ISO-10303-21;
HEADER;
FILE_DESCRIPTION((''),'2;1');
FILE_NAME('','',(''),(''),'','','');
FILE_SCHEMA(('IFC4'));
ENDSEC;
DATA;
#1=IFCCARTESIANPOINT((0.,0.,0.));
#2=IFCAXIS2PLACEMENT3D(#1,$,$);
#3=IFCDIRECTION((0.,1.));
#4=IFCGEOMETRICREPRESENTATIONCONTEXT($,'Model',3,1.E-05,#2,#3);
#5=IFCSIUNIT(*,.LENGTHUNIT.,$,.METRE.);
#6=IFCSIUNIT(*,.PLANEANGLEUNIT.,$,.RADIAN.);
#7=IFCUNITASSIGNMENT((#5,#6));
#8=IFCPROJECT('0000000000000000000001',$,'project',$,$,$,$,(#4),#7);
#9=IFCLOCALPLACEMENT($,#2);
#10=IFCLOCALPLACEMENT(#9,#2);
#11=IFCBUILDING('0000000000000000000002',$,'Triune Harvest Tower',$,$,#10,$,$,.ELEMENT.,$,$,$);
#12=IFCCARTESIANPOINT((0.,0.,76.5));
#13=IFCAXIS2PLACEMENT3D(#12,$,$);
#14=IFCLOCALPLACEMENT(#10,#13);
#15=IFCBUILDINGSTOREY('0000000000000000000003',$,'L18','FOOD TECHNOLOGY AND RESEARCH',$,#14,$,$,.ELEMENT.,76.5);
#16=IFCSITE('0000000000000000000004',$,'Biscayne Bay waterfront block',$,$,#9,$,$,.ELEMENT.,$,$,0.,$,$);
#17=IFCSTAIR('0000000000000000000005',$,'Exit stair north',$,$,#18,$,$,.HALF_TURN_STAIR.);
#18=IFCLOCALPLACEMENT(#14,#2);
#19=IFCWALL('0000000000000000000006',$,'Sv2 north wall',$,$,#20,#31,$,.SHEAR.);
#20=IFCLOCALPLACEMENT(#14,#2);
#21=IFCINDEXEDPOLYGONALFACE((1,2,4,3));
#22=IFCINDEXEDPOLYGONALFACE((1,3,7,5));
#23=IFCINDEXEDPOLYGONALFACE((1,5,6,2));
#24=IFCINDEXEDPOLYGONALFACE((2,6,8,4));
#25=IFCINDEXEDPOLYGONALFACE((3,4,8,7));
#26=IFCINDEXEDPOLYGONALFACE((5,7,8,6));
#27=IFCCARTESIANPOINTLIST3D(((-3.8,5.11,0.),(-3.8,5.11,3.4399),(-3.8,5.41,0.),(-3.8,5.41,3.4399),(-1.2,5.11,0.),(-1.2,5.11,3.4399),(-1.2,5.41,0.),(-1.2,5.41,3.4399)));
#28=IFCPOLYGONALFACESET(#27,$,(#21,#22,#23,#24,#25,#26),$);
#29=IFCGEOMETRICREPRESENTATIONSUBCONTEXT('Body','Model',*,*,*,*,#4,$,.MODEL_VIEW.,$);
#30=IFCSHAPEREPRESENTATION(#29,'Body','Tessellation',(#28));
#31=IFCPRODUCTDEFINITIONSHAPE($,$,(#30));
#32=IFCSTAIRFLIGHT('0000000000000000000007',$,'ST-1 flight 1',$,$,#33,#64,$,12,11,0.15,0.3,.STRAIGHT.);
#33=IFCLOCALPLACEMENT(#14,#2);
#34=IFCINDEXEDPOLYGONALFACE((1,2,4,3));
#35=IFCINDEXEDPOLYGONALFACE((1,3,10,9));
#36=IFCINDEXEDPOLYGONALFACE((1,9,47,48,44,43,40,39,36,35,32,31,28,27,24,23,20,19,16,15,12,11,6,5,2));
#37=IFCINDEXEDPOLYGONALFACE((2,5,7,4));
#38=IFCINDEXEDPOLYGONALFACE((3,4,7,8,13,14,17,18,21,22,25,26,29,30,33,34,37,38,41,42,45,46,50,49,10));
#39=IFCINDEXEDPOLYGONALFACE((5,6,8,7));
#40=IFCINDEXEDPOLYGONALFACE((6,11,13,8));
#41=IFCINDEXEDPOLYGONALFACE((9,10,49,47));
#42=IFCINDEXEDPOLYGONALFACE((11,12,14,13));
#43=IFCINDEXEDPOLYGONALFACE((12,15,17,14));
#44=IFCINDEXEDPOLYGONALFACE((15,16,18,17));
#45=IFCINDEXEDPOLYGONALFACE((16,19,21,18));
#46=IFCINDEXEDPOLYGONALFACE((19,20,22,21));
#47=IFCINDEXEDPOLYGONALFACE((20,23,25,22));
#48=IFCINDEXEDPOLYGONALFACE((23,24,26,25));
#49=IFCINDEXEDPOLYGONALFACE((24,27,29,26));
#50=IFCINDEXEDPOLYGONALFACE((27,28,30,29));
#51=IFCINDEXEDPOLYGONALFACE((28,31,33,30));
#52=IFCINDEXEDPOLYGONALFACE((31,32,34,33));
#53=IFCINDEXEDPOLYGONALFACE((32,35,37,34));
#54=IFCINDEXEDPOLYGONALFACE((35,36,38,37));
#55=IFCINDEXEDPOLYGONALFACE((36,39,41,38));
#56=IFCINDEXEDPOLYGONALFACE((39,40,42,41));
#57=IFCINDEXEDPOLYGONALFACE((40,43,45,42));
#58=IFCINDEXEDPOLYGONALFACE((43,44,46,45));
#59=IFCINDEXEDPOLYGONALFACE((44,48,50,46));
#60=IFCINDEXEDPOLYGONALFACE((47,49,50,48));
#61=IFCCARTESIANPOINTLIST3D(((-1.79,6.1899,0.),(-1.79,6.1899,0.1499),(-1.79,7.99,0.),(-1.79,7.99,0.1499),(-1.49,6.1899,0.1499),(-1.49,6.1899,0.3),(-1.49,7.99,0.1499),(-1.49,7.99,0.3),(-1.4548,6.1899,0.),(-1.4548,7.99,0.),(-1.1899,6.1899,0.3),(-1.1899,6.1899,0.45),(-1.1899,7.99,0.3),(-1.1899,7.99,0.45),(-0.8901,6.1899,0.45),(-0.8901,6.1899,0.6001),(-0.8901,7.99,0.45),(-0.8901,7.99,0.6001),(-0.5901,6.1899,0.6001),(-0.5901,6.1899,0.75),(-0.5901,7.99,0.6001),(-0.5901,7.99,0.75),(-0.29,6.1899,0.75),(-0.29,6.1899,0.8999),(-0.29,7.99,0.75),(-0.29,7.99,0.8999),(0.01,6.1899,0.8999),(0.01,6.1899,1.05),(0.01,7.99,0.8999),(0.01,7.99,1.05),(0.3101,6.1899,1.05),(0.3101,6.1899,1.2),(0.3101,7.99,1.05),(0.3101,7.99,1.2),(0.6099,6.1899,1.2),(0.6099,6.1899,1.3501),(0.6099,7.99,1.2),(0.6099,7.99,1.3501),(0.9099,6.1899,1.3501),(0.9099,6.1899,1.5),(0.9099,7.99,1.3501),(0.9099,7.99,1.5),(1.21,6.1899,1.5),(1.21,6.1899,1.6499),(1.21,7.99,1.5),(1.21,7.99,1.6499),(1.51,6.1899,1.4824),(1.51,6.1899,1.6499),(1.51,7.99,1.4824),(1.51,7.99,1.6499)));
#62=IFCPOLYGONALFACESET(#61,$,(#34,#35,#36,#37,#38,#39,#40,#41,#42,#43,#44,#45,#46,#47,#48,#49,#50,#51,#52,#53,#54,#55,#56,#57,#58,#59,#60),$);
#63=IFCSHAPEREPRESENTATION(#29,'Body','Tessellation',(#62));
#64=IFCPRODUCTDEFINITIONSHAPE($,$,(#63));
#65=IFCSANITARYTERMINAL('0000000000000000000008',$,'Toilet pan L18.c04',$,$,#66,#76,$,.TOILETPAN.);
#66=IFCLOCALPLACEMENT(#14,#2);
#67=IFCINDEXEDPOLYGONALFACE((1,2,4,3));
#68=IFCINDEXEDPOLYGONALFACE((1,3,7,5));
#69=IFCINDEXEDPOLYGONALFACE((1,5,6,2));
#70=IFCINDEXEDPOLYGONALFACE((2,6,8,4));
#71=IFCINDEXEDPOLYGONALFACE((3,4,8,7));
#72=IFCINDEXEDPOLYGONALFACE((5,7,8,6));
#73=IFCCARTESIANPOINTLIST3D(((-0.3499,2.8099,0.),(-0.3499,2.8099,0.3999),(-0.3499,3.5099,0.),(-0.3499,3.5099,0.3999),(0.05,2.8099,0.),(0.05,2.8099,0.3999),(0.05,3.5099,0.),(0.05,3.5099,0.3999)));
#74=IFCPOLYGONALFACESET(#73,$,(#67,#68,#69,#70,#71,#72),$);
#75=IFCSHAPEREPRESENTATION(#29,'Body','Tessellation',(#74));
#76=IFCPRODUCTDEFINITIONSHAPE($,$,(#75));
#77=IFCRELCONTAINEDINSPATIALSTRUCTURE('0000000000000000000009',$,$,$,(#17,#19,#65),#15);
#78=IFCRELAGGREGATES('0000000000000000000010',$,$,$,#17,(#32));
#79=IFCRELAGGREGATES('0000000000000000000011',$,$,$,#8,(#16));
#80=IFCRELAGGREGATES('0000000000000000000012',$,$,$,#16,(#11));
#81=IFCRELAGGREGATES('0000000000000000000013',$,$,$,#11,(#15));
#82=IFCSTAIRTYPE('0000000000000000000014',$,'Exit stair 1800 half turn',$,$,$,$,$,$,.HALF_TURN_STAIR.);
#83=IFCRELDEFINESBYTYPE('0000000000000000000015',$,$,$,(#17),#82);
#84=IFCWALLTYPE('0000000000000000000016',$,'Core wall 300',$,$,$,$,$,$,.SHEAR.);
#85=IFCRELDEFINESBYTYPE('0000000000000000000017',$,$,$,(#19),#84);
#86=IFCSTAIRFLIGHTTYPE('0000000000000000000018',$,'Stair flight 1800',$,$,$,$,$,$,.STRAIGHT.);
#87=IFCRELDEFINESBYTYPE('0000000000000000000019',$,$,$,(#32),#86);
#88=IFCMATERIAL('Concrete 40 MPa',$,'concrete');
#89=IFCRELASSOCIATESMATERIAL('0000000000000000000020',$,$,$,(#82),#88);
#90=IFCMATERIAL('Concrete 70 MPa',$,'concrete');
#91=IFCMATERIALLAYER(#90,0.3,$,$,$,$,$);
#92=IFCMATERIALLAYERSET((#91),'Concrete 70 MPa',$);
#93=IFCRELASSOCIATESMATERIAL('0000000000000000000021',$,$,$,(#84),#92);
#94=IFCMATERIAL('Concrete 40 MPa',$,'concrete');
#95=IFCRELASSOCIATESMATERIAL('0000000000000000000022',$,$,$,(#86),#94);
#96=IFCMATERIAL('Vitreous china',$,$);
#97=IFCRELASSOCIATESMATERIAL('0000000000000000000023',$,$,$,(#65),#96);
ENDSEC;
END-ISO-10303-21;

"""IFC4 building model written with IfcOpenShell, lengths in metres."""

from ifc_helpers import new_model, si_unit, direction, frame, frame_2d, origin, origin_2d, place, context, subcontext, project, spatial, polyline, rectangle, outline, extrude, source, transform, mapped, material, layer, layer_set, type_object, element, aggregate, save


model = new_model("IFC4")

# Units and contexts
model_context = context("Model", 3, precision=1e-05, world=origin(), true_north=direction((0.0, 1.0)))
body_context = subcontext(model_context, "Body", "Model", "MODEL_VIEW")
ifc_project = project(units=[si_unit("LENGTHUNIT", "METRE"), si_unit("PLANEANGLEUNIT", "RADIAN")], contexts=[model_context])

# Site, building, storey
site_placement = place(None, origin())
site = spatial("IfcSite", under=ifc_project, at=site_placement, Name="Biscayne Bay waterfront block", CompositionType="ELEMENT", RefElevation=0.0)
building_placement = place(site_placement, origin())
building = spatial("IfcBuilding", under=site, at=building_placement, Name="Triune Harvest Tower", CompositionType="ELEMENT")
storey_placement = place(building_placement, frame((0.0, 0.0, 76.5)))
storey = spatial("IfcBuildingStorey", under=building, at=storey_placement, Name="L18", Description="FOOD TECHNOLOGY AND RESEARCH", CompositionType="ELEMENT", Elevation=76.5)

# Stair
ifc_material_1 = material(Name="Concrete 40 MPa", Category="concrete")
stair_type = type_object("IfcStairType", Name="Exit stair 1800 half turn", PredefinedType="HALF_TURN_STAIR", material=ifc_material_1)
stair_1_placement = place(storey_placement, origin())
stair_1 = element("IfcStair", 1, at=stair_1_placement, inside=storey, type_object=stair_type, Name="Exit stair north", PredefinedType="HALF_TURN_STAIR")

# Shared definitions
ifc_material_2 = material(Name="Concrete 70 MPa", Category="concrete")
ifc_layer_1 = layer(ifc_material_2, 0.3)
ifc_layer_set_1 = layer_set([ifc_layer_1], Name="Concrete 70 MPa")
wall_type_1 = type_object("IfcWallType", Name="Core wall 300", PredefinedType="SHEAR", material=ifc_layer_set_1)

# Wall
shared_shape_1 = source(origin(), body_context, "Body", "SweptSolid", [
    extrude(rectangle(XDim=2.6001, YDim=0.3, at=frame_2d((1.3, 0.0))), origin(), (0.0, 0.0, 1.0), 3.4399),
])
wall_1_placement = place(storey_placement, frame((-3.8, 5.26, 0.0), z_axis=(0.0, 0.0, 1.0), x_axis=(1.0, 0.0, 0.0)))
element("IfcWall", 2, at=wall_1_placement, inside=storey, type_object=wall_type_1, Name="Sv2 north wall", PredefinedType="SHEAR", context=body_context, shape_type="MappedRepresentation", body=[
    mapped(shared_shape_1, transform((0.0, 0.0, 0.0), scale=1.0)),
])

# Stair flight
ifc_material_3 = material(Name="Concrete 40 MPa", Category="concrete")
stair_flight_type = type_object("IfcStairFlightType", Name="Stair flight 1800", PredefinedType="STRAIGHT", material=ifc_material_3)
shared_shape_2 = source(origin(), body_context, "Body", "SweptSolid", [
    extrude(outline(polyline([(0.0, 0.0), (0.0, 0.1499), (0.3, 0.1499), (0.3, 0.3), (0.6001, 0.3), (0.6001, 0.45), (0.8999, 0.45), (0.8999, 0.6001), (1.2, 0.6001), (1.2, 0.75), (1.5, 0.75), (1.5, 0.8999), (1.8, 0.8999), (1.8, 1.05), (2.1001, 1.05), (2.1001, 1.2), (2.3999, 1.2), (2.3999, 1.3501), (2.7, 1.3501), (2.7, 1.5), (3.0, 1.5), (3.0, 1.6499), (3.3, 1.6499), (3.3, 1.8), (3.3, 1.4824), (0.3352, 0.0), (0.0, 0.0)])), frame((0.0, 0.8999, 0.0), z_axis=(0.0, -1.0, 0.0), x_axis=(1.0, 0.0, 0.0)), (0.0, 0.0, 1.0), 1.8),
])
stair_flight_placement = place(storey_placement, frame((-1.79, 7.0901, 0.0), z_axis=(0.0, 0.0, 1.0), x_axis=(1.0, 0.0, 0.0)))
stair_flight = element("IfcStairFlight", 3, at=stair_flight_placement, type_object=stair_flight_type, Name="ST-1 flight 1", NumberOfRisers=12, NumberOfTreads=11, PredefinedType="STRAIGHT", RiserHeight=0.15, TreadLength=0.3, context=body_context, shape_type="MappedRepresentation", body=[
    mapped(shared_shape_2, transform((0.0, 0.0, 0.0), scale=1.0)),
])
aggregate(stair_1, [stair_flight])

# Sanitary terminal
ifc_material_4 = material(Name="Vitreous china")
shared_shape_3 = source(origin(), body_context, "Body", "SweptSolid", [
    extrude(rectangle(XDim=0.3999, YDim=0.7, at=origin_2d()), origin(), (0.0, 0.0, 1.0), 0.3999),
])
sanitary_terminal_placement = place(storey_placement, frame((-0.1499, 3.1599, 0.0), z_axis=(0.0, 0.0, 1.0), x_axis=(-1.0, 0.0, 0.0)))
element("IfcSanitaryTerminal", 4, at=sanitary_terminal_placement, inside=storey, material=ifc_material_4, Name="Toilet pan L18.c04", PredefinedType="TOILETPAN", context=body_context, shape_type="MappedRepresentation", body=[
    mapped(shared_shape_3, transform((0.0, 0.0, 0.0), scale=1.0)),
])

save(model, "model.ifc")
